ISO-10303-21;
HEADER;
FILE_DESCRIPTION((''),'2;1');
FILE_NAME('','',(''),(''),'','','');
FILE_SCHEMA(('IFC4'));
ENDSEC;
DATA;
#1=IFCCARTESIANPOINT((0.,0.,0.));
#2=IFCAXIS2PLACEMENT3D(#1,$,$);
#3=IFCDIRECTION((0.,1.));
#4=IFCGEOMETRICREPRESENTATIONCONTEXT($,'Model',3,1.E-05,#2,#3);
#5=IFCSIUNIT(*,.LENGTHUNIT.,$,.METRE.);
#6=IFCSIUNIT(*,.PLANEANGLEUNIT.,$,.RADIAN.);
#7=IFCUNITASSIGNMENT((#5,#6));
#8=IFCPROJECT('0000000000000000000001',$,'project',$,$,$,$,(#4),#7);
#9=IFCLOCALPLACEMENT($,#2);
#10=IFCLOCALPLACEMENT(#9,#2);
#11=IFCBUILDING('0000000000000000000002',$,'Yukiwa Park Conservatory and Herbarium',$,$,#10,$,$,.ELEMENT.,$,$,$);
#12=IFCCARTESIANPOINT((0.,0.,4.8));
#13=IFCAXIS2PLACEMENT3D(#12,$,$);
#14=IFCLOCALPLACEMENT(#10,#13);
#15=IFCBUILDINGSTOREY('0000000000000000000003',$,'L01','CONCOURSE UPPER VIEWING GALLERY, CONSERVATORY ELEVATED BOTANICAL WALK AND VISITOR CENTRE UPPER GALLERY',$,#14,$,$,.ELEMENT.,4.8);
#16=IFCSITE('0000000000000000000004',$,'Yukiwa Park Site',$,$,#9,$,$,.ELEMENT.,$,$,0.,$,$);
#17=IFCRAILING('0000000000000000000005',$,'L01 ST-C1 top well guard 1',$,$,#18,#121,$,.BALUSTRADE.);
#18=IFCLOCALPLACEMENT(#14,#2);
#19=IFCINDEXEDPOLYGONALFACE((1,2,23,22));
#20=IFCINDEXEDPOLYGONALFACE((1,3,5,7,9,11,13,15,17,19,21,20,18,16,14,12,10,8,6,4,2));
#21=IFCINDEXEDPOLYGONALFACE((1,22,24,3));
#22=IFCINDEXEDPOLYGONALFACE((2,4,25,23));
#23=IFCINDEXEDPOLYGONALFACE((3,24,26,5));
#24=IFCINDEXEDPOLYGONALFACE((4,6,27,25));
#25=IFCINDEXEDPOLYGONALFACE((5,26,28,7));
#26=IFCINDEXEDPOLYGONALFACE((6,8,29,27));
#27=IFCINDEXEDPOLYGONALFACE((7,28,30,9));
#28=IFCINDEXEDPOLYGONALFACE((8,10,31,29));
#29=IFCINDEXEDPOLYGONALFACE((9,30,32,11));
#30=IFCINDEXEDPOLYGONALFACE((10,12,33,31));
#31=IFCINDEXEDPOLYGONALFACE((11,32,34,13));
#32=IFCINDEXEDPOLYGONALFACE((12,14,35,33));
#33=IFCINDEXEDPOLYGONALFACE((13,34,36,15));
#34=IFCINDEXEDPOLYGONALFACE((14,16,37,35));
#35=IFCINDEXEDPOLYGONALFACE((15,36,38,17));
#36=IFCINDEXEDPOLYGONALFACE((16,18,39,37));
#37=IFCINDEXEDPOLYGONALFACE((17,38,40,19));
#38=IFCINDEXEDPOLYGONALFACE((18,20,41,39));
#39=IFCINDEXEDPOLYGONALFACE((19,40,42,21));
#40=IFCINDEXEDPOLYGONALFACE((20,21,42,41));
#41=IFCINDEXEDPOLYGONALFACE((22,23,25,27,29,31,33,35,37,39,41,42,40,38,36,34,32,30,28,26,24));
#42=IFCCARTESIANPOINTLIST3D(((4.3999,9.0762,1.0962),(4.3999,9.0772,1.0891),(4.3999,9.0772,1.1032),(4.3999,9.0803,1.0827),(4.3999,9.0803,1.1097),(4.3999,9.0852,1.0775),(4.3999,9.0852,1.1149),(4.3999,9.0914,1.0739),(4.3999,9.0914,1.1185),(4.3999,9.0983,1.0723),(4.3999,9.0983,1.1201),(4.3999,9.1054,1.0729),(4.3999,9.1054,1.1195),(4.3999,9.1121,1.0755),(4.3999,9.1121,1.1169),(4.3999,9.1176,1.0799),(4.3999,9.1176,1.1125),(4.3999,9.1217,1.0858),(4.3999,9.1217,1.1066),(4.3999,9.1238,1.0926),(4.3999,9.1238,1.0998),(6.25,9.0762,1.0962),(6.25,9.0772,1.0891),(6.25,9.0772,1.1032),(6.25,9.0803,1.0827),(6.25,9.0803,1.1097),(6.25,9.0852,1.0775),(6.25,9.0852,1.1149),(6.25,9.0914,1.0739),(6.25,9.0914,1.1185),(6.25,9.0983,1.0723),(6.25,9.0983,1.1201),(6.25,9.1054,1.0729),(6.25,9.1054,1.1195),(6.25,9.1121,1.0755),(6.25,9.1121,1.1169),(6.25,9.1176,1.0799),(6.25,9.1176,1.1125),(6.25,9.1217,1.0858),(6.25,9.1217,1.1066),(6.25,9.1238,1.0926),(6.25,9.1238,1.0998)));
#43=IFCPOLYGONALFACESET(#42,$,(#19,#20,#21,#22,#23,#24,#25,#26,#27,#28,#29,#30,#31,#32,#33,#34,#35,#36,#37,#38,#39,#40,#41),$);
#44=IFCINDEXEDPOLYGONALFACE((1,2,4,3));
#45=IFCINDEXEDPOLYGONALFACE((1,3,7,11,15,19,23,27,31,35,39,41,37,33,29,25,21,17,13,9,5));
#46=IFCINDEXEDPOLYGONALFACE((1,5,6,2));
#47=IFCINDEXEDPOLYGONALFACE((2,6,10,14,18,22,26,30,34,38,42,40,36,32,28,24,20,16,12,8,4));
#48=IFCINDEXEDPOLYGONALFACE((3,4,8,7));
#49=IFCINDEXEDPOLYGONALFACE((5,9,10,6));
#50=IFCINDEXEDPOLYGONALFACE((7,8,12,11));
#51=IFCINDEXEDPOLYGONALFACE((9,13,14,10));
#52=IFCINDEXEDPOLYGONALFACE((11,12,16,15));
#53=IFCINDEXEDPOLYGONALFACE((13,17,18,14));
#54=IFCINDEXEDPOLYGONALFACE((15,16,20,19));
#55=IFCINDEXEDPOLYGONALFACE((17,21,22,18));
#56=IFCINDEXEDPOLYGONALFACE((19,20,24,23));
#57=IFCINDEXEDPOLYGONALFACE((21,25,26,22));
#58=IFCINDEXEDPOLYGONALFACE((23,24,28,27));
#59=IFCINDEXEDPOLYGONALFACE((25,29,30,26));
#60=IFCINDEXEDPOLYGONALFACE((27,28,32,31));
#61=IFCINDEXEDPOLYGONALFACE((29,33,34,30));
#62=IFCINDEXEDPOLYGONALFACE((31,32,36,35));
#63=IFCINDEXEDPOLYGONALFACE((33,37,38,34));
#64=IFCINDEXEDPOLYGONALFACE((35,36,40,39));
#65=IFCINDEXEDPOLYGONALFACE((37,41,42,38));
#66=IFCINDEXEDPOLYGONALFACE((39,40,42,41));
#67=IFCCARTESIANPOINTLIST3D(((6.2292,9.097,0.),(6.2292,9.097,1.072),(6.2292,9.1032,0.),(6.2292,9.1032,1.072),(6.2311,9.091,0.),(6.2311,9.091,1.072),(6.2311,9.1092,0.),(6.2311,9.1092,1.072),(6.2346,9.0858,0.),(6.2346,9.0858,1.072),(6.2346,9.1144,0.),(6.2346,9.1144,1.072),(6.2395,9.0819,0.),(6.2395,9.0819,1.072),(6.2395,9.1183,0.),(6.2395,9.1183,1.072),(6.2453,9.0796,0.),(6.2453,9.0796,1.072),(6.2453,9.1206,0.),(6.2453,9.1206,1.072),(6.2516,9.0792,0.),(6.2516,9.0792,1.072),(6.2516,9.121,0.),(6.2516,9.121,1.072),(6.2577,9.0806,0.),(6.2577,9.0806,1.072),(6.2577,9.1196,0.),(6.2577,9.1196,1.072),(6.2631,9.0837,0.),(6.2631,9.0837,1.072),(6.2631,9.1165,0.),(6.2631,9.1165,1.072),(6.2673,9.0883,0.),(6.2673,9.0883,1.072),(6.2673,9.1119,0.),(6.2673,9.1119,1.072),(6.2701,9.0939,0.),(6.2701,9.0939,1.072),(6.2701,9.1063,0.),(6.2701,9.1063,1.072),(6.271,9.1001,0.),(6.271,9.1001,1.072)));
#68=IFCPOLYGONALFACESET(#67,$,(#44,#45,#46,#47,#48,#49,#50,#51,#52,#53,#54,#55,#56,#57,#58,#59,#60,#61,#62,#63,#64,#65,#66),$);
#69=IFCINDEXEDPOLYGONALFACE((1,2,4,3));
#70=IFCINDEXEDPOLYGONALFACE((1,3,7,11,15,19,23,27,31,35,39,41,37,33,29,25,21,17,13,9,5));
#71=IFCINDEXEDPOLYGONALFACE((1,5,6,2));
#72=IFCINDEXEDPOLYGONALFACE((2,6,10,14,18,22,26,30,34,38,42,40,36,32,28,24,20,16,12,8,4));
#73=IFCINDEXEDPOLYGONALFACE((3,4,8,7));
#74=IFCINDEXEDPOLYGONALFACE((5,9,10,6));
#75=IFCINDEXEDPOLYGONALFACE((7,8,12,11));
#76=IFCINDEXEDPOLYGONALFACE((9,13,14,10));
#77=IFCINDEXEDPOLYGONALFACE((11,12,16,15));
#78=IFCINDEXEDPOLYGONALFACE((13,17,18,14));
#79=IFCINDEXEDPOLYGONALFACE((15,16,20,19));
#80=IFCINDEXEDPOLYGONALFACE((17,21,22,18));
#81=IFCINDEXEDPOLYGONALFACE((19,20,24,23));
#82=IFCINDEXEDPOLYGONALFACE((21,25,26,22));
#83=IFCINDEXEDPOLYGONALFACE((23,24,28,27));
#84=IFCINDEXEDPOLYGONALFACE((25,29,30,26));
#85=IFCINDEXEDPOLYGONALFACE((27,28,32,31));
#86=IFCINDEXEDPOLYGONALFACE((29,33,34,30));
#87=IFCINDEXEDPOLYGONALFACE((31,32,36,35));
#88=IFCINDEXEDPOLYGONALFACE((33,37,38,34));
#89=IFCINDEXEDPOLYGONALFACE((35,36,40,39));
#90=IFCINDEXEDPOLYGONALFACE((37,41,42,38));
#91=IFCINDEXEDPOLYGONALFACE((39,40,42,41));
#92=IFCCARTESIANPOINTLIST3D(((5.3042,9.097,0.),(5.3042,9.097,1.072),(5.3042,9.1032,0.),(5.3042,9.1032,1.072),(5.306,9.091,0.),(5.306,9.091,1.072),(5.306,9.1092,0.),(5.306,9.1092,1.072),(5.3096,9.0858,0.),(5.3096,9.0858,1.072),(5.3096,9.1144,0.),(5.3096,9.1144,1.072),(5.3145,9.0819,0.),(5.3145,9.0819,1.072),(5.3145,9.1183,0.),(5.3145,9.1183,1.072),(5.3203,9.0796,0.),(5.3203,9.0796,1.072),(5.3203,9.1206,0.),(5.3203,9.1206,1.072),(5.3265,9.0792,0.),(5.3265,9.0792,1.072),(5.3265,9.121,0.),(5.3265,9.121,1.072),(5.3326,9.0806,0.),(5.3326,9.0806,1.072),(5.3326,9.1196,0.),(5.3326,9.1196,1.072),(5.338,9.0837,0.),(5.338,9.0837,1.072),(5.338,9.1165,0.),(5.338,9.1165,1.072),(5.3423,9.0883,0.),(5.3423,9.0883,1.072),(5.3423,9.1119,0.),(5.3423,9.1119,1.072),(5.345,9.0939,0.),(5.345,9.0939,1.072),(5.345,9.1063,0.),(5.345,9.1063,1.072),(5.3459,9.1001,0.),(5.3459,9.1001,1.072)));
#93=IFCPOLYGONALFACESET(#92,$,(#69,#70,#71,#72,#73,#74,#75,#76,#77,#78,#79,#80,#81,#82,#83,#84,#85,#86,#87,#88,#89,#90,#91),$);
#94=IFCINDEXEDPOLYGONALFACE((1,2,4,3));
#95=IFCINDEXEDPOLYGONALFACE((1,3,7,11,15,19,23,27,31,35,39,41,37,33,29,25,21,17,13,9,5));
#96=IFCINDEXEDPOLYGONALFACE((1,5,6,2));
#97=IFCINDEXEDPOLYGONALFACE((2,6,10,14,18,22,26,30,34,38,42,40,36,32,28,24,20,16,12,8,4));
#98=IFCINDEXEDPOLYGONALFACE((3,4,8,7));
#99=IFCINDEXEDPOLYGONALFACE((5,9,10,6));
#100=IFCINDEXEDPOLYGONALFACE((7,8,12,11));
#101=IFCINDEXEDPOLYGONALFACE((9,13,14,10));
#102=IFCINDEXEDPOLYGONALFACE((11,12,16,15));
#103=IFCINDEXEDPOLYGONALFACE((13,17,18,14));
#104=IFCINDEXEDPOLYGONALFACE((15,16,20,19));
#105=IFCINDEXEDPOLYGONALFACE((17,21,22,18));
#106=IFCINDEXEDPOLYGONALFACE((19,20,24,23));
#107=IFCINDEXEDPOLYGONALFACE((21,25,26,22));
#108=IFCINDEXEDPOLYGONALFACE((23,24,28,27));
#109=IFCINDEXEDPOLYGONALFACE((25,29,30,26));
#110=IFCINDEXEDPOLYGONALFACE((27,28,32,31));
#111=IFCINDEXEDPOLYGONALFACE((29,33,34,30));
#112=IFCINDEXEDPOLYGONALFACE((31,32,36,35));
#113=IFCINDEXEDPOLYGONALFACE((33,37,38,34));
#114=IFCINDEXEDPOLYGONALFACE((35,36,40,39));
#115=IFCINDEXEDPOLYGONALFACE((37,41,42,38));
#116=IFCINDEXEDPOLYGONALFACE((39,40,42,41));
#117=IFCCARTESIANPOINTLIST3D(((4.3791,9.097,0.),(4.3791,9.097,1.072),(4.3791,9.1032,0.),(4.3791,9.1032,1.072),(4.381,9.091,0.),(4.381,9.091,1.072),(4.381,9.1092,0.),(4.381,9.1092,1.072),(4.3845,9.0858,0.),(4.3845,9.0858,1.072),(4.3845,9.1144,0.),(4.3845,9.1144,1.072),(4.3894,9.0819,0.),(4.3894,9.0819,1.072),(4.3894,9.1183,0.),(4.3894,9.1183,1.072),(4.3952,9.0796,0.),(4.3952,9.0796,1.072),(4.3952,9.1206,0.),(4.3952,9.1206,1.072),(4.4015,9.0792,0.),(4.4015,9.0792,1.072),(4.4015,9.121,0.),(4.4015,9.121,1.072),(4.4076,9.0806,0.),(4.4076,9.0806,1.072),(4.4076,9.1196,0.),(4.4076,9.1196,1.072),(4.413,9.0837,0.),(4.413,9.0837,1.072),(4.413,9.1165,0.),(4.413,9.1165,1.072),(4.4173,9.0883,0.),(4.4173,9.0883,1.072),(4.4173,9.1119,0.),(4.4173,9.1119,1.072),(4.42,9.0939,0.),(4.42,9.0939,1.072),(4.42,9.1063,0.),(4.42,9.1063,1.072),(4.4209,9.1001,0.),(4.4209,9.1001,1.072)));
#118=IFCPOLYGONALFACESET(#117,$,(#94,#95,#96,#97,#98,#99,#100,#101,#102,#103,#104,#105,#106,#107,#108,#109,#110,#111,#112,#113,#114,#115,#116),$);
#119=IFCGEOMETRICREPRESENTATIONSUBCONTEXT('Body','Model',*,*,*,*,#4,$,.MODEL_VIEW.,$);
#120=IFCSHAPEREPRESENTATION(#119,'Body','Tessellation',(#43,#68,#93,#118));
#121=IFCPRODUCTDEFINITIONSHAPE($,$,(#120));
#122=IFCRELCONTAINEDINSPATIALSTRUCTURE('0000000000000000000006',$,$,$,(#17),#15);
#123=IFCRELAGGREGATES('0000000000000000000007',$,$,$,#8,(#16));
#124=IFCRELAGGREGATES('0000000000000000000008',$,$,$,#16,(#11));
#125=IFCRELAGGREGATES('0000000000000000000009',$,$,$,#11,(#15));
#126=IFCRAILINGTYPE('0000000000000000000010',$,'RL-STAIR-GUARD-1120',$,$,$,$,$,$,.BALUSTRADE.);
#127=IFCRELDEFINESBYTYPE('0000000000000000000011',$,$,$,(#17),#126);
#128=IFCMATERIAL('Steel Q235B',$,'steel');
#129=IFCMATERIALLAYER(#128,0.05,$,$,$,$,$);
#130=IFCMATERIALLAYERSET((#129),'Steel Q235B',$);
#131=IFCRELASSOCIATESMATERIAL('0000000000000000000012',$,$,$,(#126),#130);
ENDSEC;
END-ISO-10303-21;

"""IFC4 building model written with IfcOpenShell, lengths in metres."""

from ifc_helpers import new_model, si_unit, direction, frame, origin, origin_2d, place, context, subcontext, project, spatial, circle, extrude, material, layer, layer_set, type_object, element, save


model = new_model("IFC4")

# Units and contexts
model_context = context("Model", 3, precision=1e-05, world=origin(), true_north=direction((0.0, 1.0)))
body_context = subcontext(model_context, "Body", "Model", "MODEL_VIEW")
ifc_project = project(units=[si_unit("LENGTHUNIT", "METRE"), si_unit("PLANEANGLEUNIT", "RADIAN")], contexts=[model_context])

# Site, building, storey
site_placement = place(None, origin())
site = spatial("IfcSite", under=ifc_project, at=site_placement, Name="Yukiwa Park Site", CompositionType="ELEMENT", RefElevation=0.0)
building_placement = place(site_placement, origin())
building = spatial("IfcBuilding", under=site, at=building_placement, Name="Yukiwa Park Conservatory and Herbarium", CompositionType="ELEMENT")
storey_placement = place(building_placement, frame((0.0, 0.0, 4.8)))
storey = spatial("IfcBuildingStorey", under=building, at=storey_placement, Name="L01", Description="CONCOURSE UPPER VIEWING GALLERY, CONSERVATORY ELEVATED BOTANICAL WALK AND VISITOR CENTRE UPPER GALLERY", CompositionType="ELEMENT", Elevation=4.8)

# Railing
ifc_material_1 = material(Name="Steel Q235B", Category="steel")
ifc_layer_1 = layer(ifc_material_1, 0.05)
ifc_layer_set_1 = layer_set([ifc_layer_1], Name="Steel Q235B")
railing_type = type_object("IfcRailingType", Name="RL-STAIR-GUARD-1120", PredefinedType="BALUSTRADE", material=ifc_layer_set_1)
railing_placement = place(storey_placement, frame((6.25, 9.1001, 0.0)))
element("IfcRailing", 1, at=railing_placement, inside=storey, type_object=railing_type, Name="L01 ST-C1 top well guard 1", PredefinedType="BALUSTRADE", context=body_context, shape_type="SweptSolid", body=[
    extrude(circle(Radius=0.0239, at=origin_2d()), frame((0.0, 0.0, 1.0962), z_axis=(-1.0, 0.0, 0.0), x_axis=(0.0, -1.0, 0.0)), (0.0, 0.0, 1.0), 1.8501),
    extrude(circle(Radius=0.021, at=origin_2d()), origin(), (0.0, 0.0, 1.0), 1.072),
    extrude(circle(Radius=0.021, at=origin_2d()), frame((-0.925, 0.0, 0.0)), (0.0, 0.0, 1.0), 1.072),
    extrude(circle(Radius=0.021, at=origin_2d()), frame((-1.8501, 0.0, 0.0)), (0.0, 0.0, 1.0), 1.072),
])

save(model, "model.ifc")
